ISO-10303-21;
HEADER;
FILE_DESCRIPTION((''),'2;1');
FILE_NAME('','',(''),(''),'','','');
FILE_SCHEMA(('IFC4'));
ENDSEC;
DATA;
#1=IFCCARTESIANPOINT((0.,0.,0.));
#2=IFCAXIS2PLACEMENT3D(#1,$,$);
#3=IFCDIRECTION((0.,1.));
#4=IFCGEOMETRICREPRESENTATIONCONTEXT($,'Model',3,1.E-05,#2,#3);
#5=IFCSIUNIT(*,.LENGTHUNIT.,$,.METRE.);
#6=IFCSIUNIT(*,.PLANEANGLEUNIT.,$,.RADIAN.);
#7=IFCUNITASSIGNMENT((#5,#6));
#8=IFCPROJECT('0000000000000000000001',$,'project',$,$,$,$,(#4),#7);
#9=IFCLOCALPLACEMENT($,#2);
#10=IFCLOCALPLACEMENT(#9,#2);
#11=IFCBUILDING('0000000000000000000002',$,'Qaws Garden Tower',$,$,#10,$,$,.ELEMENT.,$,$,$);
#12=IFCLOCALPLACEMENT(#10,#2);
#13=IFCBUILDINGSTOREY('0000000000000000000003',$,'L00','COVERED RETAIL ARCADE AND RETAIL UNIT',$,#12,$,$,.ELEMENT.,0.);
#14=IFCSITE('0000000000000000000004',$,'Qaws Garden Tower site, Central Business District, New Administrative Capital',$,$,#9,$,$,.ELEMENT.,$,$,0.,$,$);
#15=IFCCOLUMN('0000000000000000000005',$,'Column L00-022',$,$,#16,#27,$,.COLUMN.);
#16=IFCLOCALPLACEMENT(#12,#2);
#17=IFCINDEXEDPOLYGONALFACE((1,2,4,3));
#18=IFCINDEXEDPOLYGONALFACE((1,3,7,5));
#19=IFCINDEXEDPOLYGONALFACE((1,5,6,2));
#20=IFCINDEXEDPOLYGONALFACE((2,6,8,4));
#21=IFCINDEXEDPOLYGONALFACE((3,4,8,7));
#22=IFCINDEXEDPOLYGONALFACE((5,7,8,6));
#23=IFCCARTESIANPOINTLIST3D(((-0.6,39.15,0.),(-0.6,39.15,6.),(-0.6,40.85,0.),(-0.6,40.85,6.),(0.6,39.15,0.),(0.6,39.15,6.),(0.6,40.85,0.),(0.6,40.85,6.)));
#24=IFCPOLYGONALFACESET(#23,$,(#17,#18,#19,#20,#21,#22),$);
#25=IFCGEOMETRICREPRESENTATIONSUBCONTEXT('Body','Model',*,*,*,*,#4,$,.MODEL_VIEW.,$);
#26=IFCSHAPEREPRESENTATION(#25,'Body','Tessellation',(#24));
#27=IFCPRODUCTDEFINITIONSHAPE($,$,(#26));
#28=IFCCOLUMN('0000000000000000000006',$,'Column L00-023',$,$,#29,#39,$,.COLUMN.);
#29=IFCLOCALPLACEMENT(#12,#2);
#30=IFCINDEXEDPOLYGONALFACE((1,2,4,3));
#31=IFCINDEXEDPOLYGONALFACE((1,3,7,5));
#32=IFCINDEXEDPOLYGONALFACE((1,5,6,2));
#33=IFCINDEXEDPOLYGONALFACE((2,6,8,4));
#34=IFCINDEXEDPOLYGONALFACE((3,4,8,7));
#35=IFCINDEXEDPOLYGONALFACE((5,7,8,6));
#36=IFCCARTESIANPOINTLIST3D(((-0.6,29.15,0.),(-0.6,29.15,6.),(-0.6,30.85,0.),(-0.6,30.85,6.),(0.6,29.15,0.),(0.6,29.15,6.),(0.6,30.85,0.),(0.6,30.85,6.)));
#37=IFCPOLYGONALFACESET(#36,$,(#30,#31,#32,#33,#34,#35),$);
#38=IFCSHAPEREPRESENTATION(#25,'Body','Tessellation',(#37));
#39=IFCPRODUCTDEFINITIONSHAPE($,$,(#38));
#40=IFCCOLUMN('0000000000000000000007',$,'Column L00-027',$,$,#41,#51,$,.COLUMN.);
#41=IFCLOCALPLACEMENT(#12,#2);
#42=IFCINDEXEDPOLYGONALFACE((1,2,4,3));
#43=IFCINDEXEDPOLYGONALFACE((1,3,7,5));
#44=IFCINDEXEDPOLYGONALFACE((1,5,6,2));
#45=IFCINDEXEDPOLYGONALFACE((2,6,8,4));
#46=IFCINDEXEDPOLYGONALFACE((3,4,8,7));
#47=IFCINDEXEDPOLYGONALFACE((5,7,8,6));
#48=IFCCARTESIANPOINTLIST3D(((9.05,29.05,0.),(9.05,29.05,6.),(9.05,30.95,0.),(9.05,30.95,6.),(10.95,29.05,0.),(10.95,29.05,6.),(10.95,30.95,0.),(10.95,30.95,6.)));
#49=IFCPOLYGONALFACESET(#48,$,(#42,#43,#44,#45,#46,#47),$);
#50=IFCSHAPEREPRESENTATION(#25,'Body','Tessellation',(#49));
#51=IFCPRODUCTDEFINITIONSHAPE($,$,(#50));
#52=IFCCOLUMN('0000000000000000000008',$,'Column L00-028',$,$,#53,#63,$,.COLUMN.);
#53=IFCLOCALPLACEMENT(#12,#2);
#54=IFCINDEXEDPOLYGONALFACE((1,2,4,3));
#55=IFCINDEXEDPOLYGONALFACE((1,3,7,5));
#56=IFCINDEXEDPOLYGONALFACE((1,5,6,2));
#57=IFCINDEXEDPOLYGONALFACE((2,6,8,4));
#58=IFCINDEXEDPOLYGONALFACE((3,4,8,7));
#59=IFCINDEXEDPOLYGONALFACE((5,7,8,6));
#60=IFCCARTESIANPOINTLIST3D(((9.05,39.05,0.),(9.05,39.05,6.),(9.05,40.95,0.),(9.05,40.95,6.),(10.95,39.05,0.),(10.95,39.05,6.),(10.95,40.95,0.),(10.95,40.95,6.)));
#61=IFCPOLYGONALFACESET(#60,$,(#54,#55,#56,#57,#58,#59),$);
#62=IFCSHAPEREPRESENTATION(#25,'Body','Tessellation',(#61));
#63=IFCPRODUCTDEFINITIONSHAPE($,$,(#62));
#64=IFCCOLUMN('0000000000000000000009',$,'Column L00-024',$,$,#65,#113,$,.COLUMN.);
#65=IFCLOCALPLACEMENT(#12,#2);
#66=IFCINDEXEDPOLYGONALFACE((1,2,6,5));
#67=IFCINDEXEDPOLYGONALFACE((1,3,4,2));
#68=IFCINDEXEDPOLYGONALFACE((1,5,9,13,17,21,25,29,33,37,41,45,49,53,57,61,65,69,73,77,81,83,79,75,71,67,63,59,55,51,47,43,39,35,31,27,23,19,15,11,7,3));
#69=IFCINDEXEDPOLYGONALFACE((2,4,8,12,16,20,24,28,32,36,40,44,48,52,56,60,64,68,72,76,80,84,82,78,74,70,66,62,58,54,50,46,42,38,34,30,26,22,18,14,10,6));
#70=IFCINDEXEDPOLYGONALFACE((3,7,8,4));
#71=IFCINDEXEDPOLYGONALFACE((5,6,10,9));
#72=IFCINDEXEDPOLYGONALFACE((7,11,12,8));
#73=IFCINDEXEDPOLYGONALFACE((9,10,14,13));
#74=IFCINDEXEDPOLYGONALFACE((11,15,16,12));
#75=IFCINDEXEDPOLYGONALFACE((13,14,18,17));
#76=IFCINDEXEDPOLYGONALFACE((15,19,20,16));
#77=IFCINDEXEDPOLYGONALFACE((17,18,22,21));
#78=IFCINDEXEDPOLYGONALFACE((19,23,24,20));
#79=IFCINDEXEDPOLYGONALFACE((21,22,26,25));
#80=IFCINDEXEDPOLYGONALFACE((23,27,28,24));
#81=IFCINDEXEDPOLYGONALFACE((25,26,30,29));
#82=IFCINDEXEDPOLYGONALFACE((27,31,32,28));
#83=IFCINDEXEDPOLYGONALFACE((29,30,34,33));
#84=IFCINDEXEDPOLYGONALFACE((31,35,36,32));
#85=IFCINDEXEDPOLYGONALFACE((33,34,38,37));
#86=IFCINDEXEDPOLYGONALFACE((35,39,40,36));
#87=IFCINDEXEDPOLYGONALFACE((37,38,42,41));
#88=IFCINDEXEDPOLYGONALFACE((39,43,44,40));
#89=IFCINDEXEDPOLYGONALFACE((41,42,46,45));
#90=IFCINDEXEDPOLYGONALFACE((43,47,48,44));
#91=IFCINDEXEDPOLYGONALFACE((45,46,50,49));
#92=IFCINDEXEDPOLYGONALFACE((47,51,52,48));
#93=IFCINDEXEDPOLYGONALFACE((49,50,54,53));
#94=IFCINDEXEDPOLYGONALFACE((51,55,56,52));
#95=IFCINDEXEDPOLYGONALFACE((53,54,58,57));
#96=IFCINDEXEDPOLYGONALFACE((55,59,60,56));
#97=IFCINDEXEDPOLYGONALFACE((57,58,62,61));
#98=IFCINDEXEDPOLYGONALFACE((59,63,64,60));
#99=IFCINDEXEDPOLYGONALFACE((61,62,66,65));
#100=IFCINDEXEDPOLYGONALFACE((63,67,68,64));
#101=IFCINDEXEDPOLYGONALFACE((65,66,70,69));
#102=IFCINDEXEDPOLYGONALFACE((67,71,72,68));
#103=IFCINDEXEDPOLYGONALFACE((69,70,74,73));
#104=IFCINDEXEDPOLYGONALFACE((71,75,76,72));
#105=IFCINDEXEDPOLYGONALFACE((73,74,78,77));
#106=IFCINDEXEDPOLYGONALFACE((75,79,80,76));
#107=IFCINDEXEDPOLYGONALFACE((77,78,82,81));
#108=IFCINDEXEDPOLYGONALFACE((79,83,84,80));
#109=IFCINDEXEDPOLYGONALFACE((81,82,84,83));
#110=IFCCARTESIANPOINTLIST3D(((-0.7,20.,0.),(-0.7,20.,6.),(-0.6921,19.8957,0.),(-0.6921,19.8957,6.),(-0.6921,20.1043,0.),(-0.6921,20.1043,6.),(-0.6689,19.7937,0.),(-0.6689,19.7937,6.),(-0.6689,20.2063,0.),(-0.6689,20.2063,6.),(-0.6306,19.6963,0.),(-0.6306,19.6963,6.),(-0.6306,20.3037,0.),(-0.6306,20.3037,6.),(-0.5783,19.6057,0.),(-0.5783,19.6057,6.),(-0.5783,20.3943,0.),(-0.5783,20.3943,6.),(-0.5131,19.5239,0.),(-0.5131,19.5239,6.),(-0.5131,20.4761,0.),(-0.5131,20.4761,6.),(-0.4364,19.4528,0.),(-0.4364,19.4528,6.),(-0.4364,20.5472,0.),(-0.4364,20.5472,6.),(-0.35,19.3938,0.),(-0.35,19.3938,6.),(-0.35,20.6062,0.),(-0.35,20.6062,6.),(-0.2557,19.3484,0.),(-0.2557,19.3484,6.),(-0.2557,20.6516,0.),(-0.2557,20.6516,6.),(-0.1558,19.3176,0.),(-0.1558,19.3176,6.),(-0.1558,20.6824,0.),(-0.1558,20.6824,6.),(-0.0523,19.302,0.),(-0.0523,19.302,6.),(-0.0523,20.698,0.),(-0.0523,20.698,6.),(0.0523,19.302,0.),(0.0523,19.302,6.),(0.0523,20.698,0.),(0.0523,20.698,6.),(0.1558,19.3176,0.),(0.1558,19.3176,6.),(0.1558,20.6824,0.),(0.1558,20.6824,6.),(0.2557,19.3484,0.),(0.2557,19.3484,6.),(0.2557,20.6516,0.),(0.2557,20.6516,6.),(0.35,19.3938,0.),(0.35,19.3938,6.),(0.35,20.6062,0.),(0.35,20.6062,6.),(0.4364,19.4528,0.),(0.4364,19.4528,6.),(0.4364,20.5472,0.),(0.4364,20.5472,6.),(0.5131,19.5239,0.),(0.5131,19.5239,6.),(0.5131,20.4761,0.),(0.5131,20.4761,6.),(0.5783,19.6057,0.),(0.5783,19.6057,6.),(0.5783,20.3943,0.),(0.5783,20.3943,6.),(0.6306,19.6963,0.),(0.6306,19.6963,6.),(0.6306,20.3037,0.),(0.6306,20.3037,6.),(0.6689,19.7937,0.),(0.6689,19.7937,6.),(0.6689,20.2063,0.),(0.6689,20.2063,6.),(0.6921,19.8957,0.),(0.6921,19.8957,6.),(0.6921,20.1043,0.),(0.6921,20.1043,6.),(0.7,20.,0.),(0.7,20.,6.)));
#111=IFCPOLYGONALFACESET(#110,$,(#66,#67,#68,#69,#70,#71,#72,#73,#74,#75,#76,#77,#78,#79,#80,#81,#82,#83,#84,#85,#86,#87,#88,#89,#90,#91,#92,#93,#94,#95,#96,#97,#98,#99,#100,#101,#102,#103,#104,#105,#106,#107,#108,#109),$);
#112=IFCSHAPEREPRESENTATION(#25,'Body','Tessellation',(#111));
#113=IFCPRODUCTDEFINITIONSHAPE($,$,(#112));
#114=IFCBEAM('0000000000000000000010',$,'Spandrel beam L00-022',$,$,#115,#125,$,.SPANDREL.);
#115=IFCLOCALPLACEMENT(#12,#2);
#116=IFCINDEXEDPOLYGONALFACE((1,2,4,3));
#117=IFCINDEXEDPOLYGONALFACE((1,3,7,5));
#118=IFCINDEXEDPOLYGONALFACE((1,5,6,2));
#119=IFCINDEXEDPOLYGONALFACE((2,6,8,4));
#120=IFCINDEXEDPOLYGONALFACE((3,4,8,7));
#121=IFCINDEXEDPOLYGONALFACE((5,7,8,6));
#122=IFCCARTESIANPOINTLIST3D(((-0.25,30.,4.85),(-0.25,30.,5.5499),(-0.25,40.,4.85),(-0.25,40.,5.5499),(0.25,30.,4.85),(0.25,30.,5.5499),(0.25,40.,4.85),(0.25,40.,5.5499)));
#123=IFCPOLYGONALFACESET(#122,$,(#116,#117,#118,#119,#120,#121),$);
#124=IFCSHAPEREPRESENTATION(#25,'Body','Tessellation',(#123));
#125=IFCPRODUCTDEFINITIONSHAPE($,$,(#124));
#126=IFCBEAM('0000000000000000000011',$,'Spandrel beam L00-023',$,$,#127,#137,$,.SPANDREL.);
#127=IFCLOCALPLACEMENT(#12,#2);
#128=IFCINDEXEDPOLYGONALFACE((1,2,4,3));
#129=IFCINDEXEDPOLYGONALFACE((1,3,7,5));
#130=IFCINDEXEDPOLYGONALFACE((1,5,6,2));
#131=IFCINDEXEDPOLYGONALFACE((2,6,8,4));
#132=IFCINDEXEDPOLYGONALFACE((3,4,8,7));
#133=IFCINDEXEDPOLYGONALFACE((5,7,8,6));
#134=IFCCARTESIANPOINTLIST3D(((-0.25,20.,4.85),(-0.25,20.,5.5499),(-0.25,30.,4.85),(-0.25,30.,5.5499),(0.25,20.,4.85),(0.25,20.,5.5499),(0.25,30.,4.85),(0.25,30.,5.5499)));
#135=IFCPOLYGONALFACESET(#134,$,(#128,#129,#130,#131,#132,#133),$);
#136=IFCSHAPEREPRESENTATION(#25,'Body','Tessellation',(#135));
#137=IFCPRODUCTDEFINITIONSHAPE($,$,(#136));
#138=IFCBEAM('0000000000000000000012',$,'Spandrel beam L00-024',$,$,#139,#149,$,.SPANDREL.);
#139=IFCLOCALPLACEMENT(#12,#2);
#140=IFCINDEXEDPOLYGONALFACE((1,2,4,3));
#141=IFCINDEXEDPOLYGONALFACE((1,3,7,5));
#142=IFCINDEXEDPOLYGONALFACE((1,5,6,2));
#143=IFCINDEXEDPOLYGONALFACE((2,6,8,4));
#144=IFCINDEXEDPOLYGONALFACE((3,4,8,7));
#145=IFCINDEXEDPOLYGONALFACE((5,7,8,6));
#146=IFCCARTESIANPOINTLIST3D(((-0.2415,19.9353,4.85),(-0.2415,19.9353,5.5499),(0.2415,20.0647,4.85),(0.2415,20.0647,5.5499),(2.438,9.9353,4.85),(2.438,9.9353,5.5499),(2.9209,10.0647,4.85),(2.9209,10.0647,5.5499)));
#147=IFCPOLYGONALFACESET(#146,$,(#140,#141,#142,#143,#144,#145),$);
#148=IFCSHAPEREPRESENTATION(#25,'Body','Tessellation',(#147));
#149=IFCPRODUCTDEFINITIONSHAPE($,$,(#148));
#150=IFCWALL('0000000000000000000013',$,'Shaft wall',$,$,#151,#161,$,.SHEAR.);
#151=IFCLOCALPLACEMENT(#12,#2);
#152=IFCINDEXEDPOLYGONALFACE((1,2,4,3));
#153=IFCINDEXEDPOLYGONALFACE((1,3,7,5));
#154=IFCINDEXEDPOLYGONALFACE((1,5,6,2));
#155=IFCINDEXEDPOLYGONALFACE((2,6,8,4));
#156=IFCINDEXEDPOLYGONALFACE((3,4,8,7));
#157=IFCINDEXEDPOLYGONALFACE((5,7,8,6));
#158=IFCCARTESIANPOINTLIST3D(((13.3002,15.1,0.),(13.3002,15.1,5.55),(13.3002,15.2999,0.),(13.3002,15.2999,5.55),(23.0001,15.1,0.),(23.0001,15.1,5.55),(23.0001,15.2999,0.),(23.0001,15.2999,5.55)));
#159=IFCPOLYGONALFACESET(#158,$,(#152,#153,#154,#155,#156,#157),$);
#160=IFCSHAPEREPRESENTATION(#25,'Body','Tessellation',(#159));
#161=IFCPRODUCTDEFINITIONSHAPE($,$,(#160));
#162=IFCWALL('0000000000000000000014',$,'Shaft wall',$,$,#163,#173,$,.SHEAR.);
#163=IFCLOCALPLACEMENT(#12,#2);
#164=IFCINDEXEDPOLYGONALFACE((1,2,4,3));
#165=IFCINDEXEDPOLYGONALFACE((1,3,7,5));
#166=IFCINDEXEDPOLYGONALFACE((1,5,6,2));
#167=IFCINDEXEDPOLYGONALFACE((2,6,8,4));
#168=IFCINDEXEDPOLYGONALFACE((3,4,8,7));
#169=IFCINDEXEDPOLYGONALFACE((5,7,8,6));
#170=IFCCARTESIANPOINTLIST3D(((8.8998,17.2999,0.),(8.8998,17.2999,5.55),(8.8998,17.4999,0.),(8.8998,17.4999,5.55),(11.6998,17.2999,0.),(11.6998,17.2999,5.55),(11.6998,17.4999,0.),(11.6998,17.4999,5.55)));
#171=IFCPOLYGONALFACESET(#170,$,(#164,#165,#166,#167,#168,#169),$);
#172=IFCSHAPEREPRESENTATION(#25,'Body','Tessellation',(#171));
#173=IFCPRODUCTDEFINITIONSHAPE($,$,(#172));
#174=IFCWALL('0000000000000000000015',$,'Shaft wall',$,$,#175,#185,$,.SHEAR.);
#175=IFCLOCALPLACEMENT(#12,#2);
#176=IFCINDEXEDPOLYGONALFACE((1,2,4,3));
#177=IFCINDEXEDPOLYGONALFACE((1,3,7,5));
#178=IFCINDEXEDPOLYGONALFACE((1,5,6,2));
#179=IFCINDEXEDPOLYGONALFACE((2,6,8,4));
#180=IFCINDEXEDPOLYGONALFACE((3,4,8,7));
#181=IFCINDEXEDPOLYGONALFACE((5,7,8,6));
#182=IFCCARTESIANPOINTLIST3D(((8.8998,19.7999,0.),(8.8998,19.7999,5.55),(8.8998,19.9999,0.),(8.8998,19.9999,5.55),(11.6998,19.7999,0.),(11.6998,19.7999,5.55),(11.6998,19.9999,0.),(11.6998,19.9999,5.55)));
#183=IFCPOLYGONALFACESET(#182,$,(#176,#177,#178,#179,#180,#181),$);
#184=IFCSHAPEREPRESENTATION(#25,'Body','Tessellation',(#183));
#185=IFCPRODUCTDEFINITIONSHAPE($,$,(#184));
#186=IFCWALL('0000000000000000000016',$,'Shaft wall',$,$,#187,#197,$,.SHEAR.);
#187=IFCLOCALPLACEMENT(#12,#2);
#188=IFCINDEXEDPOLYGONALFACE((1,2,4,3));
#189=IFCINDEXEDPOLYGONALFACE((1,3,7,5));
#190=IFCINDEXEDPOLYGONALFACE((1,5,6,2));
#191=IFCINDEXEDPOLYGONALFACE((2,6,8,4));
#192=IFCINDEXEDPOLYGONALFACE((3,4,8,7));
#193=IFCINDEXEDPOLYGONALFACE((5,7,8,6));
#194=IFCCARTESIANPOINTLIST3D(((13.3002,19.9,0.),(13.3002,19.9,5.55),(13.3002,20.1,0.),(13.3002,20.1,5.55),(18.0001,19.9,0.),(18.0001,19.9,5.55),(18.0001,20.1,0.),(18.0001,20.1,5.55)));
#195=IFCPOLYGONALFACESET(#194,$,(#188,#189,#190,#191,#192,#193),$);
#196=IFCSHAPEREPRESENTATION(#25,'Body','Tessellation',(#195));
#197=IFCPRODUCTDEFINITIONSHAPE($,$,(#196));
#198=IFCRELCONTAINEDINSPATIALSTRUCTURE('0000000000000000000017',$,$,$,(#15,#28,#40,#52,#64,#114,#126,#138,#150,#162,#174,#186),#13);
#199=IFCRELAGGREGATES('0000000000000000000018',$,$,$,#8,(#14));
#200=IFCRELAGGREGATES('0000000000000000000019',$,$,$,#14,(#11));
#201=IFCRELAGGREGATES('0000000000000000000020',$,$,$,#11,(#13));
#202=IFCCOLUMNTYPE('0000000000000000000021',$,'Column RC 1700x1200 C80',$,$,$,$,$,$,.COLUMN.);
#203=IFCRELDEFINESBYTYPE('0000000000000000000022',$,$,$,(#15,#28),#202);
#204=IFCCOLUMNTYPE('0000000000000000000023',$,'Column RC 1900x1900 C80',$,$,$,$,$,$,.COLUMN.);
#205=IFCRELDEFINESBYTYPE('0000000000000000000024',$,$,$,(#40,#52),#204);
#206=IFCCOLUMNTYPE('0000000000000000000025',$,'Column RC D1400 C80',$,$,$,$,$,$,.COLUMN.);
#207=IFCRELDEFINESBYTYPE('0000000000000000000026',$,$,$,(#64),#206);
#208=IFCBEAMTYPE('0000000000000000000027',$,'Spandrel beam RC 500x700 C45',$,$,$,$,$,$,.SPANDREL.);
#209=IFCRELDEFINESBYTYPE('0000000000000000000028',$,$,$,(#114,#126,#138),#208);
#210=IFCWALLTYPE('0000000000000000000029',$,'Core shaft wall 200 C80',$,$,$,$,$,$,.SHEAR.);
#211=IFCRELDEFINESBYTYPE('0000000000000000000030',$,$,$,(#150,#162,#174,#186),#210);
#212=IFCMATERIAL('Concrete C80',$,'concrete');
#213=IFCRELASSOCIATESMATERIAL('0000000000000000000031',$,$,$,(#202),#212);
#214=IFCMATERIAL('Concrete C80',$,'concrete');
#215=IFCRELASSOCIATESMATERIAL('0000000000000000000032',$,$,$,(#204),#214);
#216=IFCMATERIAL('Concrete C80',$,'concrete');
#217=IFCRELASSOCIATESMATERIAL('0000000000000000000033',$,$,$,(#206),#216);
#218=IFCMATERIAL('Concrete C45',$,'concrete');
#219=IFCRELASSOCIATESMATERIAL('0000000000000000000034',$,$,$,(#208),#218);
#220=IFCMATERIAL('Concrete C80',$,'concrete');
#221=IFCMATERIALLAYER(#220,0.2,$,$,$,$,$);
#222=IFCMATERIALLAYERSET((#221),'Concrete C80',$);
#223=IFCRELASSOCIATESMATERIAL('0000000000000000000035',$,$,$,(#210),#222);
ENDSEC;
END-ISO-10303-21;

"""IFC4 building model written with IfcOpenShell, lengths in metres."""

from ifc_helpers import new_model, si_unit, direction, frame, frame_2d, origin, origin_2d, place, context, subcontext, project, spatial, rectangle, circle, extrude, material, layer, layer_set, material_profile, profile_set, type_object, element, save


model = new_model("IFC4")

# Units and contexts
model_context = context("Model", 3, precision=1e-05, world=origin(), true_north=direction((0.0, 1.0)))
body_context = subcontext(model_context, "Body", "Model", "MODEL_VIEW")
ifc_project = project(units=[si_unit("LENGTHUNIT", "METRE"), si_unit("PLANEANGLEUNIT", "RADIAN")], contexts=[model_context])

# Site, building, storey
site_placement = place(None, origin())
site = spatial("IfcSite", under=ifc_project, at=site_placement, Name="Qaws Garden Tower site, Central Business District, New Administrative Capital", CompositionType="ELEMENT", RefElevation=0.0)
building_placement = place(site_placement, origin())
building = spatial("IfcBuilding", under=site, at=building_placement, Name="Qaws Garden Tower", CompositionType="ELEMENT")
storey_placement = place(building_placement, origin())
storey = spatial("IfcBuildingStorey", under=building, at=storey_placement, Name="L00", Description="COVERED RETAIL ARCADE AND RETAIL UNIT", CompositionType="ELEMENT", Elevation=0.0)

# Columns
ifc_material_1 = material(Name="Concrete C80", Category="concrete")
ifc_material_profile_1 = material_profile(ifc_material_1, rectangle(XDim=1.7, YDim=1.2, at=origin_2d()), Name="RC 1700x1200")
ifc_profile_set_1 = profile_set([ifc_material_profile_1], Name="Concrete C80")
column_type_1 = type_object("IfcColumnType", Name="Column RC 1700x1200 C80", PredefinedType="COLUMN", material=ifc_profile_set_1)
for number, where, z_axis, x_axis, name in (
    (1, (0.0, 40.0, 0.0), (0.0, 0.0, 1.0), (0.0, 1.0, 0.0), "Column L00-022"),
    (2, (0.0, 30.0, 0.0), (0.0, 0.0, 1.0), (0.0, 1.0, 0.0), "Column L00-023"),
):
    element("IfcColumn", number, at=place(storey_placement, frame(where, z_axis=z_axis, x_axis=x_axis)), inside=storey, type_object=column_type_1, Name=name, PredefinedType="COLUMN", context=body_context, shape_type="SweptSolid", body=[
        extrude(rectangle(XDim=1.7, YDim=1.2, at=origin_2d()), origin(), (0.0, 0.0, 1.0), 6.0),
    ])
ifc_material_2 = material(Name="Concrete C80", Category="concrete")
ifc_material_profile_2 = material_profile(ifc_material_2, rectangle(XDim=1.8999, YDim=1.8999, at=origin_2d()), Name="RC 1900x1900")
ifc_profile_set_2 = profile_set([ifc_material_profile_2], Name="Concrete C80")
column_type_2 = type_object("IfcColumnType", Name="Column RC 1900x1900 C80", PredefinedType="COLUMN", material=ifc_profile_set_2)
for number, where, z_axis, x_axis, name in (
    (3, (10.0, 30.0, 0.0), (0.0, 0.0, 1.0), (1.0, 0.0, 0.0), "Column L00-027"),
    (4, (10.0, 40.0, 0.0), (0.0, 0.0, 1.0), (1.0, 0.0, 0.0), "Column L00-028"),
):
    element("IfcColumn", number, at=place(storey_placement, frame(where, z_axis=z_axis, x_axis=x_axis)), inside=storey, type_object=column_type_2, Name=name, PredefinedType="COLUMN", context=body_context, shape_type="SweptSolid", body=[
        extrude(rectangle(XDim=1.8999, YDim=1.8999, at=origin_2d()), origin(), (0.0, 0.0, 1.0), 6.0),
    ])
ifc_material_3 = material(Name="Concrete C80", Category="concrete")
ifc_material_profile_3 = material_profile(ifc_material_3, circle(Radius=0.7, at=origin_2d()), Name="RC D1400")
ifc_profile_set_3 = profile_set([ifc_material_profile_3], Name="Concrete C80")
column_type_3 = type_object("IfcColumnType", Name="Column RC D1400 C80", PredefinedType="COLUMN", material=ifc_profile_set_3)
column_placement = place(storey_placement, frame((0.0, 20.0, 0.0), z_axis=(0.0, 0.0, 1.0), x_axis=(1.0, 0.0, 0.0)))
element("IfcColumn", 5, at=column_placement, inside=storey, type_object=column_type_3, Name="Column L00-024", PredefinedType="COLUMN", context=body_context, shape_type="SweptSolid", body=[
    extrude(circle(Radius=0.7, at=origin_2d()), origin(), (0.0, 0.0, 1.0), 6.0),
])

# Beams
ifc_material_4 = material(Name="Concrete C45", Category="concrete")
ifc_material_profile_4 = material_profile(ifc_material_4, rectangle(XDim=0.5, YDim=0.7, at=origin_2d()), Name="RC 500x700")
ifc_profile_set_4 = profile_set([ifc_material_profile_4], Name="Concrete C45")
beam_type = type_object("IfcBeamType", Name="Spandrel beam RC 500x700 C45", PredefinedType="SPANDREL", material=ifc_profile_set_4)
for number, where, z_axis, x_axis, name in (
    (6, (0.0, 40.0, 5.2), (0.0, -1.0, 0.0), (1.0, 0.0, 0.0), "Spandrel beam L00-022"),
    (7, (0.0, 30.0, 5.2), (0.0, -1.0, 0.0), (1.0, 0.0, 0.0), "Spandrel beam L00-023"),
):
    element("IfcBeam", number, at=place(storey_placement, frame(where, z_axis=z_axis, x_axis=x_axis)), inside=storey, type_object=beam_type, Name=name, PredefinedType="SPANDREL", context=body_context, shape_type="SweptSolid", body=[
        extrude(rectangle(XDim=0.5, YDim=0.7, at=origin_2d()), origin(), (0.0, 0.0, 1.0), 10.0),
    ])
beam_placement = place(storey_placement, frame((0.0, 20.0, 5.2), z_axis=(0.258815, -0.965927, 0.0), x_axis=(0.965927, 0.258815, 0.0)))
element("IfcBeam", 8, at=beam_placement, inside=storey, type_object=beam_type, Name="Spandrel beam L00-024", PredefinedType="SPANDREL", context=body_context, shape_type="SweptSolid", body=[
    extrude(rectangle(XDim=0.5, YDim=0.7, at=origin_2d()), origin(), (0.0, 0.0, 1.0), 10.3528),
])

# Walls
ifc_material_5 = material(Name="Concrete C80", Category="concrete")
ifc_layer_1 = layer(ifc_material_5, 0.2)
ifc_layer_set_1 = layer_set([ifc_layer_1], Name="Concrete C80")
wall_type_1 = type_object("IfcWallType", Name="Core shaft wall 200 C80", PredefinedType="SHEAR", material=ifc_layer_set_1)
wall_1_placement = place(storey_placement, frame((13.3, 15.2, 0.0), z_axis=(0.0, 0.0, 1.0), x_axis=(1.0, 0.0, 0.0)))
element("IfcWall", 9, at=wall_1_placement, inside=storey, type_object=wall_type_1, Name="Shaft wall", PredefinedType="SHEAR", context=body_context, shape_type="SweptSolid", body=[
    extrude(rectangle(XDim=9.7, YDim=0.2, at=frame_2d((4.8501, 0.0))), origin(), (0.0, 0.0, 1.0), 5.55),
])
for number, where, z_axis, x_axis, name in (
    (10, (8.8999, 17.3999, 0.0), (0.0, 0.0, 1.0), (1.0, 0.0, 0.0), "Shaft wall"),
    (11, (8.8999, 19.8999, 0.0), (0.0, 0.0, 1.0), (1.0, 0.0, 0.0), "Shaft wall"),
):
    element("IfcWall", number, at=place(storey_placement, frame(where, z_axis=z_axis, x_axis=x_axis)), inside=storey, type_object=wall_type_1, Name=name, PredefinedType="SHEAR", context=body_context, shape_type="SweptSolid", body=[
        extrude(rectangle(XDim=2.8, YDim=0.2, at=frame_2d((1.3999, 0.0))), origin(), (0.0, 0.0, 1.0), 5.55),
    ])
wall_2_placement = place(storey_placement, frame((13.3, 20.0, 0.0), z_axis=(0.0, 0.0, 1.0), x_axis=(1.0, 0.0, 0.0)))
element("IfcWall", 12, at=wall_2_placement, inside=storey, type_object=wall_type_1, Name="Shaft wall", PredefinedType="SHEAR", context=body_context, shape_type="SweptSolid", body=[
    extrude(rectangle(XDim=4.7, YDim=0.2, at=frame_2d((2.3501, 0.0))), origin(), (0.0, 0.0, 1.0), 5.55),
])

save(model, "model.ifc")
